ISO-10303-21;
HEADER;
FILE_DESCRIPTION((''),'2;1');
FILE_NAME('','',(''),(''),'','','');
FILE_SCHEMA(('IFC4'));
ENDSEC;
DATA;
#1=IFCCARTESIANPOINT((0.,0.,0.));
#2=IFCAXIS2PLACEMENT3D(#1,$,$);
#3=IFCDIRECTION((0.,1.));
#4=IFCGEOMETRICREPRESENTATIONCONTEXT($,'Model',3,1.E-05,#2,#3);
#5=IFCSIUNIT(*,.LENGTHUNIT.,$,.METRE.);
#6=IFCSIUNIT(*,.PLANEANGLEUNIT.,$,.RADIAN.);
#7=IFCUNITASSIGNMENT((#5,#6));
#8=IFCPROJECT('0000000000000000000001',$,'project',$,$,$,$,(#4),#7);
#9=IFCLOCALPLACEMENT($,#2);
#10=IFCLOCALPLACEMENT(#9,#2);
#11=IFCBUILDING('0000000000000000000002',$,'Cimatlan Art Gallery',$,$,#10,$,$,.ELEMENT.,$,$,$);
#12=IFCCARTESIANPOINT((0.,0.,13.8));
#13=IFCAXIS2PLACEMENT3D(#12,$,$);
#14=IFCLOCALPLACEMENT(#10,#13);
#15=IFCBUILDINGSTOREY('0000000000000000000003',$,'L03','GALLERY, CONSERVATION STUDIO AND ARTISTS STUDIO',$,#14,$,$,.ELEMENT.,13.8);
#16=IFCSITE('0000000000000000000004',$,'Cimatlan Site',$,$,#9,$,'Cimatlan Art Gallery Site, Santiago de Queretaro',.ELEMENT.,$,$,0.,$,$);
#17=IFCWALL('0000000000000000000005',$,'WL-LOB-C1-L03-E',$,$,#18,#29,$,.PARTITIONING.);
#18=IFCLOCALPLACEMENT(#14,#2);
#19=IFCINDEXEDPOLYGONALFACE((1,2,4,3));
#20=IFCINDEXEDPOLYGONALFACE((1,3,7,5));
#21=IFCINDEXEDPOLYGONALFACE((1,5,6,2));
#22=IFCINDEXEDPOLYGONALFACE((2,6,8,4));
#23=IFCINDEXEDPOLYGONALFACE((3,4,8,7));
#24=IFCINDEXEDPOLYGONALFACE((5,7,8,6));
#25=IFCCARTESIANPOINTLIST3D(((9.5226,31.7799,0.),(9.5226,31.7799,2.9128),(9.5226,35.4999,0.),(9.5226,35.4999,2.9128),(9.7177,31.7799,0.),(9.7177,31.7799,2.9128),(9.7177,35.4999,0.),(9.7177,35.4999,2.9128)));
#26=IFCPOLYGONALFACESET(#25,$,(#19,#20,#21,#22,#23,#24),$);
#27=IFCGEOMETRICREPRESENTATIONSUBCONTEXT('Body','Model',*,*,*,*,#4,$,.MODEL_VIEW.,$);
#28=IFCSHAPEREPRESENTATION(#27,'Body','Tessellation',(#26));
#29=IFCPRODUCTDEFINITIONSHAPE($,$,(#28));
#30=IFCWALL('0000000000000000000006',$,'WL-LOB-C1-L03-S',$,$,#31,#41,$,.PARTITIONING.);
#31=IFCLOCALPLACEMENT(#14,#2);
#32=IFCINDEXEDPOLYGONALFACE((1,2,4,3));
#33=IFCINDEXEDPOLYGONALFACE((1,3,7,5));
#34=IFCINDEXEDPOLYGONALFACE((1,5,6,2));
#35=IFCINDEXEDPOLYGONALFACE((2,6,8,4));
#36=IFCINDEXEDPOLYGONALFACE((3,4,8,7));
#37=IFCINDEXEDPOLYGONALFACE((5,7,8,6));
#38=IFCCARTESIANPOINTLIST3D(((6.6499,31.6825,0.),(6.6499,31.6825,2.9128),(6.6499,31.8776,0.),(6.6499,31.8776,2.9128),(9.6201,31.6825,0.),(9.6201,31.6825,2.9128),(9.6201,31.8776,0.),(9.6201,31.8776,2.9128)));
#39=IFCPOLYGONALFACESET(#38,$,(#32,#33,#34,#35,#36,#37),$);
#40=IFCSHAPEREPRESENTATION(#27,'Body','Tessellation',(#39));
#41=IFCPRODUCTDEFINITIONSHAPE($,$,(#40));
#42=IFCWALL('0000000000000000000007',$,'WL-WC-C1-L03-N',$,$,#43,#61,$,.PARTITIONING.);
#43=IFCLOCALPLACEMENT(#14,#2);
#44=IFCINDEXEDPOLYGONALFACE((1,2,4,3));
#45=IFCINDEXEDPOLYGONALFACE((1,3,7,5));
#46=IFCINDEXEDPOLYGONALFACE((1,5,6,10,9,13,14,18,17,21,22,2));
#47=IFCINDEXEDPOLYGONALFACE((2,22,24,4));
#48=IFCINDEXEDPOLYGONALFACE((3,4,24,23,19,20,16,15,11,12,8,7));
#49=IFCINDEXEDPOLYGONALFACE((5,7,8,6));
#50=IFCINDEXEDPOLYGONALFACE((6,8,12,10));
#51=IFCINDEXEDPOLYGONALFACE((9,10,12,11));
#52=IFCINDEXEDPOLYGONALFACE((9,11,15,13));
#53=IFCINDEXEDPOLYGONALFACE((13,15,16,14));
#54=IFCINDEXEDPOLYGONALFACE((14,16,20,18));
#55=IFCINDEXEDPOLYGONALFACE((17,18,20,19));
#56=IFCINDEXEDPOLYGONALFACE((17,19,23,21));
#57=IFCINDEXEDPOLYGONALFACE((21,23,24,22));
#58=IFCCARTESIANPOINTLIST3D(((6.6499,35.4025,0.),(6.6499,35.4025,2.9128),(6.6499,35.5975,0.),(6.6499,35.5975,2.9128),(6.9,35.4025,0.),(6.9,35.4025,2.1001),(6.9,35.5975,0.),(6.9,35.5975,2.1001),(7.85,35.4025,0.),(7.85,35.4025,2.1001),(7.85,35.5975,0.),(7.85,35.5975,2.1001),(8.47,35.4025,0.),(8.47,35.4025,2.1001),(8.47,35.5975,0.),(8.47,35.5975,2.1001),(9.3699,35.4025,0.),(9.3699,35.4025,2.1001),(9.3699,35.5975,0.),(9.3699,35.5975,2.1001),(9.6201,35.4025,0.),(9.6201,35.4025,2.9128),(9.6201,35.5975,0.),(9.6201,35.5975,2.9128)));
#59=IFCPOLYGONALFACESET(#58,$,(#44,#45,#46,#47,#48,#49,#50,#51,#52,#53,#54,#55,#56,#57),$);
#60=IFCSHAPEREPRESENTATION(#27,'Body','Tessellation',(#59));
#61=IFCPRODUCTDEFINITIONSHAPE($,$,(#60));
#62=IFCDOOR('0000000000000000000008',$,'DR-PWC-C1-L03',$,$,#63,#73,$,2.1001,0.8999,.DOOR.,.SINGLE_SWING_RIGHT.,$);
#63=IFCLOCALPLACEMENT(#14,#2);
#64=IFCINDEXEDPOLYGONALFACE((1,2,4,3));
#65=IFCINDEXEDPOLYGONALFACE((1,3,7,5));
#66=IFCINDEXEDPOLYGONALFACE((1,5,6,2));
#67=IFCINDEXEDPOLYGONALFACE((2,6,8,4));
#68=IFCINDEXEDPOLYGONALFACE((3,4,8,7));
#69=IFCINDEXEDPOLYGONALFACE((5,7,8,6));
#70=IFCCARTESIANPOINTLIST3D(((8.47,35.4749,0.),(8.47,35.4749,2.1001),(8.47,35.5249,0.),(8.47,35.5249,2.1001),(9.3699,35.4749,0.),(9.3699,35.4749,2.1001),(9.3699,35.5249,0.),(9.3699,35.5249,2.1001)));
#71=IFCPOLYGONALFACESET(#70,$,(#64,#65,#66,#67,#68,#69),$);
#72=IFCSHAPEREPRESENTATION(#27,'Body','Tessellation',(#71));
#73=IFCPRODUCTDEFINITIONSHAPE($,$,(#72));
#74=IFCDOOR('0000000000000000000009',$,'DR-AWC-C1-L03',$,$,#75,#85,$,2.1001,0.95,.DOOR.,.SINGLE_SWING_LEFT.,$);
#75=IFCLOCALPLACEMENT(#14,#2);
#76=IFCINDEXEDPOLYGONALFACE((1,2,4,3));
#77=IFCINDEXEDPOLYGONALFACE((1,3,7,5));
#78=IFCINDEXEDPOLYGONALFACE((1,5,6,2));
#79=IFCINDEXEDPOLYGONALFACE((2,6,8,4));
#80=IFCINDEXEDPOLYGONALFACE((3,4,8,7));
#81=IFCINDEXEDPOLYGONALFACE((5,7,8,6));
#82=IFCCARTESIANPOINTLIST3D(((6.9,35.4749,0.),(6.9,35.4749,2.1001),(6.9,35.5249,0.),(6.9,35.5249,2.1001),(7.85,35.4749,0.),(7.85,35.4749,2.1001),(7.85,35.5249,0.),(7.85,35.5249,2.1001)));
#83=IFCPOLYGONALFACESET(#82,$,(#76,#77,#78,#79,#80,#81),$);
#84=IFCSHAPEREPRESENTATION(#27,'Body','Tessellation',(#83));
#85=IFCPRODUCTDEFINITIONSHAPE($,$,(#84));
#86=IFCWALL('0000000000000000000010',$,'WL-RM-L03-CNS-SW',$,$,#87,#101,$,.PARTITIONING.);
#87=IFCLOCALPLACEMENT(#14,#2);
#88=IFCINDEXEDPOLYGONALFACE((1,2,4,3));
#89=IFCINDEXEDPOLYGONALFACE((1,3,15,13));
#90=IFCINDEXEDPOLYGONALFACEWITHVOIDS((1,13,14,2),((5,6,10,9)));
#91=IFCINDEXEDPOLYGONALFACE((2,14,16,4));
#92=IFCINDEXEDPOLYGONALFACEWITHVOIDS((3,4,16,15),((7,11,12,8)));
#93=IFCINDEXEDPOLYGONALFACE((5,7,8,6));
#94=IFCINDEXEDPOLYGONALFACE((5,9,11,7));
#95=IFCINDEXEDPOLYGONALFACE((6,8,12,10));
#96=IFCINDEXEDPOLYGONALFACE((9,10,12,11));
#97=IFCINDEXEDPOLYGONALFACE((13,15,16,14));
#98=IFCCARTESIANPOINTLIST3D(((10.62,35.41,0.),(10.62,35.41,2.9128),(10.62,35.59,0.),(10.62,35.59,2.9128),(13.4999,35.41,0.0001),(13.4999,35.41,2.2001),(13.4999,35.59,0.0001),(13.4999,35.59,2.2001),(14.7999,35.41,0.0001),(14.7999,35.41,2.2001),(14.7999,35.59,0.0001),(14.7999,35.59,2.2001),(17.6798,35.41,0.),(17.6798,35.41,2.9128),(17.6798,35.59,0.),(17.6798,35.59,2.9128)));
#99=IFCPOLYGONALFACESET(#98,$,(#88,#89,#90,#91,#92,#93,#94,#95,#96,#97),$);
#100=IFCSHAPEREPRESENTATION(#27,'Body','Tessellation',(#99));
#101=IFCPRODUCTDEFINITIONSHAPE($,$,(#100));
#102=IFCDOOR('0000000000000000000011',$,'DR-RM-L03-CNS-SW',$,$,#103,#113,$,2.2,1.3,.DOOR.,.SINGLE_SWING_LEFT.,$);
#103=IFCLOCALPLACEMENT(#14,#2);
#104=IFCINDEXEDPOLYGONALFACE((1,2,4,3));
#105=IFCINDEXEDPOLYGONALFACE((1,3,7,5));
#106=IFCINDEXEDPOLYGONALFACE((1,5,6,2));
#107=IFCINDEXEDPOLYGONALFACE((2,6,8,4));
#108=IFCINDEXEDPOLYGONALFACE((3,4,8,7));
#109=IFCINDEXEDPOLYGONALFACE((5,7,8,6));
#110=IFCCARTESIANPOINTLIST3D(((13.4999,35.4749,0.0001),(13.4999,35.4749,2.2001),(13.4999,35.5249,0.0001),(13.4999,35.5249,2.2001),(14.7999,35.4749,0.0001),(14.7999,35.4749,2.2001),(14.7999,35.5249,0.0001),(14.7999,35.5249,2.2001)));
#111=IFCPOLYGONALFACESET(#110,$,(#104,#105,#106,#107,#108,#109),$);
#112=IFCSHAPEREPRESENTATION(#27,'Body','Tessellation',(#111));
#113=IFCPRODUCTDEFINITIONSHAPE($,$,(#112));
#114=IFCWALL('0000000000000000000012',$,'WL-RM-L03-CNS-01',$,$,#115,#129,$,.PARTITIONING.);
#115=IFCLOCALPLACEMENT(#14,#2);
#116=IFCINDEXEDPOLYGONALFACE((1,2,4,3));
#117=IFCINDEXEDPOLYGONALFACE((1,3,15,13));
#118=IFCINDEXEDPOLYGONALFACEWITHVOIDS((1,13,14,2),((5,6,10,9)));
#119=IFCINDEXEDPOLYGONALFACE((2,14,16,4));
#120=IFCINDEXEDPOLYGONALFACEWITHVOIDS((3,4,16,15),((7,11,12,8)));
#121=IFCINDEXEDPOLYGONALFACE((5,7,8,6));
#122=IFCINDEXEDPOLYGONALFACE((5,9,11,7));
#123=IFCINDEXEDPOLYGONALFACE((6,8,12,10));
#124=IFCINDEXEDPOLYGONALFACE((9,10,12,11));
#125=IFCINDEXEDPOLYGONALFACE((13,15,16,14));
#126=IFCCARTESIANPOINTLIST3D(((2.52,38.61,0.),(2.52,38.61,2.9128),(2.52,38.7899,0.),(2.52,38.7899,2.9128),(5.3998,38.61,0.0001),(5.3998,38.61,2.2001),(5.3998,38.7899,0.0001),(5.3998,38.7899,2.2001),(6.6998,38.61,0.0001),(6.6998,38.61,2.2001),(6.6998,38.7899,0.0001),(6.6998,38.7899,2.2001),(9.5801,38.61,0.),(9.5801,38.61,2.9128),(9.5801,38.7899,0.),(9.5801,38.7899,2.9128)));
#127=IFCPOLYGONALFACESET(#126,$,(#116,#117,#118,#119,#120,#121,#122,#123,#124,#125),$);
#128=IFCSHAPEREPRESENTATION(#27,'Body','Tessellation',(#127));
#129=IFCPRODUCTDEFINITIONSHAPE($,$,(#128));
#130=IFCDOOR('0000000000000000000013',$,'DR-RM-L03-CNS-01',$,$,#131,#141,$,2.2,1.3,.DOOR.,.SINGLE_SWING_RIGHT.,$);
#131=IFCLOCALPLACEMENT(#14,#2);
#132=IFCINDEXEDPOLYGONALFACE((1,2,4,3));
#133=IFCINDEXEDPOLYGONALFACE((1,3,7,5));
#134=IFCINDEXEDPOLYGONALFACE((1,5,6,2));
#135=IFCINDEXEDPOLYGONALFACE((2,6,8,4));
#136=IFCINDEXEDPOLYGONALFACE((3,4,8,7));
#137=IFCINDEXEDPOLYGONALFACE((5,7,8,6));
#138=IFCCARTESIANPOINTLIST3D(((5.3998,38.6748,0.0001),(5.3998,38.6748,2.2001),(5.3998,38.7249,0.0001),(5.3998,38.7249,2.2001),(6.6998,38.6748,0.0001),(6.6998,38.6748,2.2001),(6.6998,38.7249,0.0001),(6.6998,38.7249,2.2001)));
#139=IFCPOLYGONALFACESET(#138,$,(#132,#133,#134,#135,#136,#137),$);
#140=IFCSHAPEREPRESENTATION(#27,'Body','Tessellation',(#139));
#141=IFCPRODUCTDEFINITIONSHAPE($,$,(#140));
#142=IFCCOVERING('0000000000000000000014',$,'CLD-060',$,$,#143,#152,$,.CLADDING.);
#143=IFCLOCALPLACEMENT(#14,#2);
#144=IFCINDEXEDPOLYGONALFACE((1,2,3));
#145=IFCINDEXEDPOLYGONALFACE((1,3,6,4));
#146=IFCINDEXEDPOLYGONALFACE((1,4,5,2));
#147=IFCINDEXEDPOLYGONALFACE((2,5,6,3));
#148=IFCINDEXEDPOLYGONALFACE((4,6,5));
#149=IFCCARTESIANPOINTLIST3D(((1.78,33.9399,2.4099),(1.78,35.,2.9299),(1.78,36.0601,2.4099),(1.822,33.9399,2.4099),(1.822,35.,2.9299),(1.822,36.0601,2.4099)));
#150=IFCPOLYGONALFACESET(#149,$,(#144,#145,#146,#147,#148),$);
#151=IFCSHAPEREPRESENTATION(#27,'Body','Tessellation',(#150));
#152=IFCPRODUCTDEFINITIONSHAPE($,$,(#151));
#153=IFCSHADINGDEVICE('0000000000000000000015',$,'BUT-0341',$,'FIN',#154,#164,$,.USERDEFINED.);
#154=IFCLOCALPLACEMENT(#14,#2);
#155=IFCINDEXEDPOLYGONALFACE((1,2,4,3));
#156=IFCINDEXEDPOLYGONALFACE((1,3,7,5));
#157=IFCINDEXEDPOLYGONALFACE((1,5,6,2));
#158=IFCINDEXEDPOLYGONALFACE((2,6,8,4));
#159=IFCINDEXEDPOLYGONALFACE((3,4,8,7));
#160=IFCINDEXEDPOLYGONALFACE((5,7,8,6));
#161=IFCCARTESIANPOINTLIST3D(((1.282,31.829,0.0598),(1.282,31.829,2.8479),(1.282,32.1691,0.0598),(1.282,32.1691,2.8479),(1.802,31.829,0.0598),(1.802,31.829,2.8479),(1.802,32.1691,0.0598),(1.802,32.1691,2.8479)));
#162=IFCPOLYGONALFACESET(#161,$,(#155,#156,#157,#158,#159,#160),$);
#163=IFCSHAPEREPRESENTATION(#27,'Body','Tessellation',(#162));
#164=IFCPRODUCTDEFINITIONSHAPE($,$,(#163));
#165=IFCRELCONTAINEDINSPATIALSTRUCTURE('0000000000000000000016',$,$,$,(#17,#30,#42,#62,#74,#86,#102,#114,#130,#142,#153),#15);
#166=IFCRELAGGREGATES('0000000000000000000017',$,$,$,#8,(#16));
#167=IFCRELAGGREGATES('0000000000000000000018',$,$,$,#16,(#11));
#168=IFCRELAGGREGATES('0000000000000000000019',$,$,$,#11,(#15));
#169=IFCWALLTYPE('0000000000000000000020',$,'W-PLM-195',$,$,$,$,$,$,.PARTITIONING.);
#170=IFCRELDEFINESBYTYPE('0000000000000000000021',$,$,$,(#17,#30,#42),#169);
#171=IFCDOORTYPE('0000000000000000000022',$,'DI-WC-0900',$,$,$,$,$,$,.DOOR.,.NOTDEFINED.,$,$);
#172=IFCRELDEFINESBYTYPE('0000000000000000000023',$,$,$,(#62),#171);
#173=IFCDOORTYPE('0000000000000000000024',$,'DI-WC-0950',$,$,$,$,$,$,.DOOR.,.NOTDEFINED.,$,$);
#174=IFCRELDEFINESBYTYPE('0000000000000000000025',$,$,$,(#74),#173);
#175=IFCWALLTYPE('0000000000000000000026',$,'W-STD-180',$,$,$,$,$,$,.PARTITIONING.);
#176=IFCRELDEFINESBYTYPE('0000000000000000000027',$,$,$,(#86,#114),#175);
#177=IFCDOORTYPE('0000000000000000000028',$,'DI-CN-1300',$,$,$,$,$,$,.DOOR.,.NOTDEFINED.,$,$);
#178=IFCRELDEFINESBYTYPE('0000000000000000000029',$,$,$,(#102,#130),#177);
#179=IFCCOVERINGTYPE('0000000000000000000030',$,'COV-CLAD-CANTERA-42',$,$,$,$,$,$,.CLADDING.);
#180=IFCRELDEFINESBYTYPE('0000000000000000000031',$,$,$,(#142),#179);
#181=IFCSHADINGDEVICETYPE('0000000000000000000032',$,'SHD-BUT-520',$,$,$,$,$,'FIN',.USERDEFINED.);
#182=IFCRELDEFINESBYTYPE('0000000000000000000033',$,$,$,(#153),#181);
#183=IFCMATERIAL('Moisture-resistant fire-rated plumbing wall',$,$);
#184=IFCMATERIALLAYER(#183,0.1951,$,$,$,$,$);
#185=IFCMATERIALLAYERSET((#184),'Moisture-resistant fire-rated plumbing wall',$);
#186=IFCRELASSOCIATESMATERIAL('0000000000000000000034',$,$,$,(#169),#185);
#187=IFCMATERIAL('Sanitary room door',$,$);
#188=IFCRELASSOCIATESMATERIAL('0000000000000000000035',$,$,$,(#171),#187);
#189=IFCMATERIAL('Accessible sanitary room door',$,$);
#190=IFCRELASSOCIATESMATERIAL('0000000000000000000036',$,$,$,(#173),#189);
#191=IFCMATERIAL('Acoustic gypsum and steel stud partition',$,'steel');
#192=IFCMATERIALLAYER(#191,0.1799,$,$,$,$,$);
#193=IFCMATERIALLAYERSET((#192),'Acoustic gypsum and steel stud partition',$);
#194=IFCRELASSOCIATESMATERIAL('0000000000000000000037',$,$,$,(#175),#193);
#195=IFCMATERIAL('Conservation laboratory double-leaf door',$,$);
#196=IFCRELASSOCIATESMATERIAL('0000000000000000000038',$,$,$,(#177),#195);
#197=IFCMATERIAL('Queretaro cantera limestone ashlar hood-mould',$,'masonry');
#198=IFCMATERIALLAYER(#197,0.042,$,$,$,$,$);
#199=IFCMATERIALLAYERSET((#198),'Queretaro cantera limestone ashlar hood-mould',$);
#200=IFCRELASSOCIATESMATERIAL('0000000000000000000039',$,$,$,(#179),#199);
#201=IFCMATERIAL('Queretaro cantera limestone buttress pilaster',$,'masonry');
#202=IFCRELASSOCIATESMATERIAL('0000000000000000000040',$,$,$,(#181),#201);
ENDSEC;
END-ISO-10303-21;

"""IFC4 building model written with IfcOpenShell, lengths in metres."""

from ifc_helpers import new_model, si_unit, direction, frame, frame_2d, origin, origin_2d, place, context, subcontext, project, spatial, polyline, rectangle, outline, extrude, material, layer, layer_set, type_object, element, fill, save


model = new_model("IFC4")

# Units and contexts
model_context = context("Model", 3, precision=1e-05, world=origin(), true_north=direction((0.0, 1.0)))
body_context = subcontext(model_context, "Body", "Model", "MODEL_VIEW")
ifc_project = project(units=[si_unit("LENGTHUNIT", "METRE"), si_unit("PLANEANGLEUNIT", "RADIAN")], contexts=[model_context])

# Site, building, storey
site_placement = place(None, origin())
site = spatial("IfcSite", under=ifc_project, at=site_placement, Name="Cimatlan Site", LongName="Cimatlan Art Gallery Site, Santiago de Queretaro", CompositionType="ELEMENT", RefElevation=0.0)
building_placement = place(site_placement, origin())
building = spatial("IfcBuilding", under=site, at=building_placement, Name="Cimatlan Art Gallery", CompositionType="ELEMENT")
storey_placement = place(building_placement, frame((0.0, 0.0, 13.8)))
storey = spatial("IfcBuildingStorey", under=building, at=storey_placement, Name="L03", Description="GALLERY, CONSERVATION STUDIO AND ARTISTS STUDIO", CompositionType="ELEMENT", Elevation=13.8)

# Walls
ifc_material_1 = material(Name="Moisture-resistant fire-rated plumbing wall")
ifc_layer_1 = layer(ifc_material_1, 0.1951)
ifc_layer_set_1 = layer_set([ifc_layer_1], Name="Moisture-resistant fire-rated plumbing wall")
wall_type_1 = type_object("IfcWallType", Name="W-PLM-195", PredefinedType="PARTITIONING", material=ifc_layer_set_1)
for number, where, z_axis, x_axis, name in (
    (1, (9.6201, 31.78, 0.0), (0.0, 0.0, 1.0), (0.0, 1.0, 0.0), "WL-LOB-C1-L03-E"),
):
    element("IfcWall", number, at=place(storey_placement, frame(where, z_axis=z_axis, x_axis=x_axis)), inside=storey, type_object=wall_type_1, Name=name, PredefinedType="PARTITIONING", context=body_context, shape_type="SweptSolid", body=[
        extrude(rectangle(XDim=3.72, YDim=0.1951, at=frame_2d((1.8599, 0.0))), origin(), (0.0, 0.0, 1.0), 2.9128),
    ])
wall_1_placement = place(storey_placement, frame((6.6499, 31.78, 0.0), z_axis=(0.0, 0.0, 1.0), x_axis=(1.0, 0.0, 0.0)))
element("IfcWall", 2, at=wall_1_placement, inside=storey, type_object=wall_type_1, Name="WL-LOB-C1-L03-S", PredefinedType="PARTITIONING", context=body_context, shape_type="SweptSolid", body=[
    extrude(rectangle(XDim=2.9702, YDim=0.1951, at=frame_2d((1.4851, 0.0))), origin(), (0.0, 0.0, 1.0), 2.9128),
])

# Wall, openings, doors
wall_2_placement = place(storey_placement, frame((6.6499, 35.5, 0.0), z_axis=(0.0, 0.0, 1.0), x_axis=(1.0, 0.0, 0.0)))
wall_2 = element("IfcWall", 3, at=wall_2_placement, inside=storey, type_object=wall_type_1, Name="WL-WC-C1-L03-N", PredefinedType="PARTITIONING", context=body_context, shape_type="SweptSolid", body=[
    extrude(rectangle(XDim=2.9702, YDim=0.1951, at=frame_2d((1.4851, 0.0))), origin(), (0.0, 0.0, 1.0), 2.9128),
])
opening_1_placement = place(wall_2_placement, frame((0.25, 0.0, 0.0)))
opening_1 = element("IfcOpeningElement", 4, at=opening_1_placement, cuts=wall_2, PredefinedType="OPENING", context=body_context, shape_type="SweptSolid", body=[
    extrude(rectangle(XDim=0.95, YDim=2.1001, at=frame_2d((0.4751, 1.05))), frame((0.0, 0.1074, 0.0), z_axis=(0.0, -1.0, 0.0), x_axis=(1.0, 0.0, 0.0)), (0.0, 0.0, 1.0), 0.2151),
])
opening_2_placement = place(wall_2_placement, frame((1.8201, 0.0, 0.0)))
opening_2 = element("IfcOpeningElement", 5, at=opening_2_placement, cuts=wall_2, PredefinedType="OPENING", context=body_context, shape_type="SweptSolid", body=[
    extrude(rectangle(XDim=0.8999, YDim=2.1001, at=frame_2d((0.45, 1.05))), frame((0.0, 0.1074, 0.0), z_axis=(0.0, -1.0, 0.0), x_axis=(1.0, 0.0, 0.0)), (0.0, 0.0, 1.0), 0.2151),
])
ifc_material_2 = material(Name="Sanitary room door")
door_type_1 = type_object("IfcDoorType", Name="DI-WC-0900", OperationType="NOTDEFINED", PredefinedType="DOOR", material=ifc_material_2)
door_1_placement = place(opening_2_placement, origin())
door_1 = element("IfcDoor", 6, at=door_1_placement, inside=storey, type_object=door_type_1, Name="DR-PWC-C1-L03", OperationType="SINGLE_SWING_RIGHT", OverallHeight=2.1001, OverallWidth=0.8999, PredefinedType="DOOR", context=body_context, shape_type="SweptSolid", body=[
    extrude(rectangle(XDim=0.8999, YDim=2.1001, at=frame_2d((0.45, 1.05))), frame((0.0, 0.0249, 0.0), z_axis=(0.0, -1.0, 0.0), x_axis=(1.0, 0.0, 0.0)), (0.0, 0.0, 1.0), 0.05),
])
fill(opening_2, door_1)
ifc_material_3 = material(Name="Accessible sanitary room door")
door_type_2 = type_object("IfcDoorType", Name="DI-WC-0950", OperationType="NOTDEFINED", PredefinedType="DOOR", material=ifc_material_3)
door_2_placement = place(opening_1_placement, origin())
door_2 = element("IfcDoor", 7, at=door_2_placement, inside=storey, type_object=door_type_2, Name="DR-AWC-C1-L03", OperationType="SINGLE_SWING_LEFT", OverallHeight=2.1001, OverallWidth=0.95, PredefinedType="DOOR", context=body_context, shape_type="SweptSolid", body=[
    extrude(rectangle(XDim=0.95, YDim=2.1001, at=frame_2d((0.4751, 1.05))), frame((0.0, 0.0249, 0.0), z_axis=(0.0, -1.0, 0.0), x_axis=(1.0, 0.0, 0.0)), (0.0, 0.0, 1.0), 0.05),
])
fill(opening_1, door_2)

# Walls, openings, doors
ifc_material_4 = material(Name="Acoustic gypsum and steel stud partition", Category="steel")
ifc_layer_2 = layer(ifc_material_4, 0.1799)
ifc_layer_set_2 = layer_set([ifc_layer_2], Name="Acoustic gypsum and steel stud partition")
wall_type_2 = type_object("IfcWallType", Name="W-STD-180", PredefinedType="PARTITIONING", material=ifc_layer_set_2)
wall_3_placement = place(storey_placement, frame((10.6201, 35.5, 0.0), z_axis=(0.0, 0.0, 1.0), x_axis=(1.0, 0.0, 0.0)))
wall_3 = element("IfcWall", 8, at=wall_3_placement, inside=storey, type_object=wall_type_2, Name="WL-RM-L03-CNS-SW", PredefinedType="PARTITIONING", context=body_context, shape_type="SweptSolid", body=[
    extrude(rectangle(XDim=7.0598, YDim=0.1799, at=frame_2d((3.5298, 0.0))), origin(), (0.0, 0.0, 1.0), 2.9128),
])
opening_3_placement = place(wall_3_placement, frame((2.8799, 0.0, 0.0)))
opening_3 = element("IfcOpeningElement", 9, at=opening_3_placement, cuts=wall_3, PredefinedType="OPENING", context=body_context, shape_type="SweptSolid", body=[
    extrude(rectangle(XDim=1.3, YDim=2.2, at=frame_2d((0.6499, 1.1001))), frame((0.0, 0.1001, 0.0), z_axis=(0.0, -1.0, 0.0), x_axis=(1.0, 0.0, 0.0)), (0.0, 0.0, 1.0), 0.2),
])
ifc_material_5 = material(Name="Conservation laboratory double-leaf door")
door_type_3 = type_object("IfcDoorType", Name="DI-CN-1300", OperationType="NOTDEFINED", PredefinedType="DOOR", material=ifc_material_5)
door_3_placement = place(opening_3_placement, origin())
door_3 = element("IfcDoor", 10, at=door_3_placement, inside=storey, type_object=door_type_3, Name="DR-RM-L03-CNS-SW", OperationType="SINGLE_SWING_LEFT", OverallHeight=2.2, OverallWidth=1.3, PredefinedType="DOOR", context=body_context, shape_type="SweptSolid", body=[
    extrude(rectangle(XDim=1.3, YDim=2.2, at=frame_2d((0.6499, 1.1001))), frame((0.0, 0.0249, 0.0), z_axis=(0.0, -1.0, 0.0), x_axis=(1.0, 0.0, 0.0)), (0.0, 0.0, 1.0), 0.05),
])
fill(opening_3, door_3)
wall_4_placement = place(storey_placement, frame((2.52, 38.7, 0.0), z_axis=(0.0, 0.0, 1.0), x_axis=(1.0, 0.0, 0.0)))
wall_4 = element("IfcWall", 11, at=wall_4_placement, inside=storey, type_object=wall_type_2, Name="WL-RM-L03-CNS-01", PredefinedType="PARTITIONING", context=body_context, shape_type="SweptSolid", body=[
    extrude(rectangle(XDim=7.0601, YDim=0.1799, at=frame_2d((3.53, 0.0))), origin(), (0.0, 0.0, 1.0), 2.9128),
])
opening_4_placement = place(wall_4_placement, frame((2.8799, 0.0, 0.0)))
opening_4 = element("IfcOpeningElement", 12, at=opening_4_placement, cuts=wall_4, PredefinedType="OPENING", context=body_context, shape_type="SweptSolid", body=[
    extrude(rectangle(XDim=1.3, YDim=2.2, at=frame_2d((0.6499, 1.1001))), frame((0.0, 0.1001, 0.0), z_axis=(0.0, -1.0, 0.0), x_axis=(1.0, 0.0, 0.0)), (0.0, 0.0, 1.0), 0.2),
])
door_4_placement = place(opening_4_placement, origin())
door_4 = element("IfcDoor", 13, at=door_4_placement, inside=storey, type_object=door_type_3, Name="DR-RM-L03-CNS-01", OperationType="SINGLE_SWING_RIGHT", OverallHeight=2.2, OverallWidth=1.3, PredefinedType="DOOR", context=body_context, shape_type="SweptSolid", body=[
    extrude(rectangle(XDim=1.3, YDim=2.2, at=frame_2d((0.6499, 1.1001))), frame((0.0, 0.0249, 0.0), z_axis=(0.0, -1.0, 0.0), x_axis=(1.0, 0.0, 0.0)), (0.0, 0.0, 1.0), 0.05),
])
fill(opening_4, door_4)

# Covering
ifc_material_6 = material(Name="Queretaro cantera limestone ashlar hood-mould", Category="masonry")
ifc_layer_3 = layer(ifc_material_6, 0.042)
ifc_layer_set_3 = layer_set([ifc_layer_3], Name="Queretaro cantera limestone ashlar hood-mould")
covering_type = type_object("IfcCoveringType", Name="COV-CLAD-CANTERA-42", PredefinedType="CLADDING", material=ifc_layer_set_3)
covering_placement = place(storey_placement, frame((1.822, 33.9399, 2.4099), z_axis=(1.0, 0.0, 0.0), x_axis=(0.0, 1.0, 0.0)))
element("IfcCovering", 14, at=covering_placement, inside=storey, type_object=covering_type, Name="CLD-060", PredefinedType="CLADDING", context=body_context, shape_type="SweptSolid", body=[
    extrude(outline(polyline([(0.0, 0.0), (2.1201, 0.0), (1.0601, 0.52), (0.0, 0.0)])), origin(), (0.0, 0.0, -1.0), 0.042),
])

# Shading device
ifc_material_7 = material(Name="Queretaro cantera limestone buttress pilaster", Category="masonry")
shading_device_type_1 = type_object("IfcShadingDeviceType", Name="SHD-BUT-520", ElementType="FIN", PredefinedType="USERDEFINED", material=ifc_material_7)
for number, where, z_axis, x_axis, name in (
    (15, (1.542, 31.999, 0.0598), (0.0, 0.0, 1.0), (0.0, 1.0, 0.0), "BUT-0341"),
):
    element("IfcShadingDevice", number, at=place(storey_placement, frame(where, z_axis=z_axis, x_axis=x_axis)), inside=storey, type_object=shading_device_type_1, Name=name, ObjectType="FIN", PredefinedType="USERDEFINED", context=body_context, shape_type="SweptSolid", body=[
        extrude(rectangle(XDim=0.3401, YDim=0.52, at=origin_2d()), origin(), (0.0, 0.0, 1.0), 2.7881),
    ])

save(model, "model.ifc")
